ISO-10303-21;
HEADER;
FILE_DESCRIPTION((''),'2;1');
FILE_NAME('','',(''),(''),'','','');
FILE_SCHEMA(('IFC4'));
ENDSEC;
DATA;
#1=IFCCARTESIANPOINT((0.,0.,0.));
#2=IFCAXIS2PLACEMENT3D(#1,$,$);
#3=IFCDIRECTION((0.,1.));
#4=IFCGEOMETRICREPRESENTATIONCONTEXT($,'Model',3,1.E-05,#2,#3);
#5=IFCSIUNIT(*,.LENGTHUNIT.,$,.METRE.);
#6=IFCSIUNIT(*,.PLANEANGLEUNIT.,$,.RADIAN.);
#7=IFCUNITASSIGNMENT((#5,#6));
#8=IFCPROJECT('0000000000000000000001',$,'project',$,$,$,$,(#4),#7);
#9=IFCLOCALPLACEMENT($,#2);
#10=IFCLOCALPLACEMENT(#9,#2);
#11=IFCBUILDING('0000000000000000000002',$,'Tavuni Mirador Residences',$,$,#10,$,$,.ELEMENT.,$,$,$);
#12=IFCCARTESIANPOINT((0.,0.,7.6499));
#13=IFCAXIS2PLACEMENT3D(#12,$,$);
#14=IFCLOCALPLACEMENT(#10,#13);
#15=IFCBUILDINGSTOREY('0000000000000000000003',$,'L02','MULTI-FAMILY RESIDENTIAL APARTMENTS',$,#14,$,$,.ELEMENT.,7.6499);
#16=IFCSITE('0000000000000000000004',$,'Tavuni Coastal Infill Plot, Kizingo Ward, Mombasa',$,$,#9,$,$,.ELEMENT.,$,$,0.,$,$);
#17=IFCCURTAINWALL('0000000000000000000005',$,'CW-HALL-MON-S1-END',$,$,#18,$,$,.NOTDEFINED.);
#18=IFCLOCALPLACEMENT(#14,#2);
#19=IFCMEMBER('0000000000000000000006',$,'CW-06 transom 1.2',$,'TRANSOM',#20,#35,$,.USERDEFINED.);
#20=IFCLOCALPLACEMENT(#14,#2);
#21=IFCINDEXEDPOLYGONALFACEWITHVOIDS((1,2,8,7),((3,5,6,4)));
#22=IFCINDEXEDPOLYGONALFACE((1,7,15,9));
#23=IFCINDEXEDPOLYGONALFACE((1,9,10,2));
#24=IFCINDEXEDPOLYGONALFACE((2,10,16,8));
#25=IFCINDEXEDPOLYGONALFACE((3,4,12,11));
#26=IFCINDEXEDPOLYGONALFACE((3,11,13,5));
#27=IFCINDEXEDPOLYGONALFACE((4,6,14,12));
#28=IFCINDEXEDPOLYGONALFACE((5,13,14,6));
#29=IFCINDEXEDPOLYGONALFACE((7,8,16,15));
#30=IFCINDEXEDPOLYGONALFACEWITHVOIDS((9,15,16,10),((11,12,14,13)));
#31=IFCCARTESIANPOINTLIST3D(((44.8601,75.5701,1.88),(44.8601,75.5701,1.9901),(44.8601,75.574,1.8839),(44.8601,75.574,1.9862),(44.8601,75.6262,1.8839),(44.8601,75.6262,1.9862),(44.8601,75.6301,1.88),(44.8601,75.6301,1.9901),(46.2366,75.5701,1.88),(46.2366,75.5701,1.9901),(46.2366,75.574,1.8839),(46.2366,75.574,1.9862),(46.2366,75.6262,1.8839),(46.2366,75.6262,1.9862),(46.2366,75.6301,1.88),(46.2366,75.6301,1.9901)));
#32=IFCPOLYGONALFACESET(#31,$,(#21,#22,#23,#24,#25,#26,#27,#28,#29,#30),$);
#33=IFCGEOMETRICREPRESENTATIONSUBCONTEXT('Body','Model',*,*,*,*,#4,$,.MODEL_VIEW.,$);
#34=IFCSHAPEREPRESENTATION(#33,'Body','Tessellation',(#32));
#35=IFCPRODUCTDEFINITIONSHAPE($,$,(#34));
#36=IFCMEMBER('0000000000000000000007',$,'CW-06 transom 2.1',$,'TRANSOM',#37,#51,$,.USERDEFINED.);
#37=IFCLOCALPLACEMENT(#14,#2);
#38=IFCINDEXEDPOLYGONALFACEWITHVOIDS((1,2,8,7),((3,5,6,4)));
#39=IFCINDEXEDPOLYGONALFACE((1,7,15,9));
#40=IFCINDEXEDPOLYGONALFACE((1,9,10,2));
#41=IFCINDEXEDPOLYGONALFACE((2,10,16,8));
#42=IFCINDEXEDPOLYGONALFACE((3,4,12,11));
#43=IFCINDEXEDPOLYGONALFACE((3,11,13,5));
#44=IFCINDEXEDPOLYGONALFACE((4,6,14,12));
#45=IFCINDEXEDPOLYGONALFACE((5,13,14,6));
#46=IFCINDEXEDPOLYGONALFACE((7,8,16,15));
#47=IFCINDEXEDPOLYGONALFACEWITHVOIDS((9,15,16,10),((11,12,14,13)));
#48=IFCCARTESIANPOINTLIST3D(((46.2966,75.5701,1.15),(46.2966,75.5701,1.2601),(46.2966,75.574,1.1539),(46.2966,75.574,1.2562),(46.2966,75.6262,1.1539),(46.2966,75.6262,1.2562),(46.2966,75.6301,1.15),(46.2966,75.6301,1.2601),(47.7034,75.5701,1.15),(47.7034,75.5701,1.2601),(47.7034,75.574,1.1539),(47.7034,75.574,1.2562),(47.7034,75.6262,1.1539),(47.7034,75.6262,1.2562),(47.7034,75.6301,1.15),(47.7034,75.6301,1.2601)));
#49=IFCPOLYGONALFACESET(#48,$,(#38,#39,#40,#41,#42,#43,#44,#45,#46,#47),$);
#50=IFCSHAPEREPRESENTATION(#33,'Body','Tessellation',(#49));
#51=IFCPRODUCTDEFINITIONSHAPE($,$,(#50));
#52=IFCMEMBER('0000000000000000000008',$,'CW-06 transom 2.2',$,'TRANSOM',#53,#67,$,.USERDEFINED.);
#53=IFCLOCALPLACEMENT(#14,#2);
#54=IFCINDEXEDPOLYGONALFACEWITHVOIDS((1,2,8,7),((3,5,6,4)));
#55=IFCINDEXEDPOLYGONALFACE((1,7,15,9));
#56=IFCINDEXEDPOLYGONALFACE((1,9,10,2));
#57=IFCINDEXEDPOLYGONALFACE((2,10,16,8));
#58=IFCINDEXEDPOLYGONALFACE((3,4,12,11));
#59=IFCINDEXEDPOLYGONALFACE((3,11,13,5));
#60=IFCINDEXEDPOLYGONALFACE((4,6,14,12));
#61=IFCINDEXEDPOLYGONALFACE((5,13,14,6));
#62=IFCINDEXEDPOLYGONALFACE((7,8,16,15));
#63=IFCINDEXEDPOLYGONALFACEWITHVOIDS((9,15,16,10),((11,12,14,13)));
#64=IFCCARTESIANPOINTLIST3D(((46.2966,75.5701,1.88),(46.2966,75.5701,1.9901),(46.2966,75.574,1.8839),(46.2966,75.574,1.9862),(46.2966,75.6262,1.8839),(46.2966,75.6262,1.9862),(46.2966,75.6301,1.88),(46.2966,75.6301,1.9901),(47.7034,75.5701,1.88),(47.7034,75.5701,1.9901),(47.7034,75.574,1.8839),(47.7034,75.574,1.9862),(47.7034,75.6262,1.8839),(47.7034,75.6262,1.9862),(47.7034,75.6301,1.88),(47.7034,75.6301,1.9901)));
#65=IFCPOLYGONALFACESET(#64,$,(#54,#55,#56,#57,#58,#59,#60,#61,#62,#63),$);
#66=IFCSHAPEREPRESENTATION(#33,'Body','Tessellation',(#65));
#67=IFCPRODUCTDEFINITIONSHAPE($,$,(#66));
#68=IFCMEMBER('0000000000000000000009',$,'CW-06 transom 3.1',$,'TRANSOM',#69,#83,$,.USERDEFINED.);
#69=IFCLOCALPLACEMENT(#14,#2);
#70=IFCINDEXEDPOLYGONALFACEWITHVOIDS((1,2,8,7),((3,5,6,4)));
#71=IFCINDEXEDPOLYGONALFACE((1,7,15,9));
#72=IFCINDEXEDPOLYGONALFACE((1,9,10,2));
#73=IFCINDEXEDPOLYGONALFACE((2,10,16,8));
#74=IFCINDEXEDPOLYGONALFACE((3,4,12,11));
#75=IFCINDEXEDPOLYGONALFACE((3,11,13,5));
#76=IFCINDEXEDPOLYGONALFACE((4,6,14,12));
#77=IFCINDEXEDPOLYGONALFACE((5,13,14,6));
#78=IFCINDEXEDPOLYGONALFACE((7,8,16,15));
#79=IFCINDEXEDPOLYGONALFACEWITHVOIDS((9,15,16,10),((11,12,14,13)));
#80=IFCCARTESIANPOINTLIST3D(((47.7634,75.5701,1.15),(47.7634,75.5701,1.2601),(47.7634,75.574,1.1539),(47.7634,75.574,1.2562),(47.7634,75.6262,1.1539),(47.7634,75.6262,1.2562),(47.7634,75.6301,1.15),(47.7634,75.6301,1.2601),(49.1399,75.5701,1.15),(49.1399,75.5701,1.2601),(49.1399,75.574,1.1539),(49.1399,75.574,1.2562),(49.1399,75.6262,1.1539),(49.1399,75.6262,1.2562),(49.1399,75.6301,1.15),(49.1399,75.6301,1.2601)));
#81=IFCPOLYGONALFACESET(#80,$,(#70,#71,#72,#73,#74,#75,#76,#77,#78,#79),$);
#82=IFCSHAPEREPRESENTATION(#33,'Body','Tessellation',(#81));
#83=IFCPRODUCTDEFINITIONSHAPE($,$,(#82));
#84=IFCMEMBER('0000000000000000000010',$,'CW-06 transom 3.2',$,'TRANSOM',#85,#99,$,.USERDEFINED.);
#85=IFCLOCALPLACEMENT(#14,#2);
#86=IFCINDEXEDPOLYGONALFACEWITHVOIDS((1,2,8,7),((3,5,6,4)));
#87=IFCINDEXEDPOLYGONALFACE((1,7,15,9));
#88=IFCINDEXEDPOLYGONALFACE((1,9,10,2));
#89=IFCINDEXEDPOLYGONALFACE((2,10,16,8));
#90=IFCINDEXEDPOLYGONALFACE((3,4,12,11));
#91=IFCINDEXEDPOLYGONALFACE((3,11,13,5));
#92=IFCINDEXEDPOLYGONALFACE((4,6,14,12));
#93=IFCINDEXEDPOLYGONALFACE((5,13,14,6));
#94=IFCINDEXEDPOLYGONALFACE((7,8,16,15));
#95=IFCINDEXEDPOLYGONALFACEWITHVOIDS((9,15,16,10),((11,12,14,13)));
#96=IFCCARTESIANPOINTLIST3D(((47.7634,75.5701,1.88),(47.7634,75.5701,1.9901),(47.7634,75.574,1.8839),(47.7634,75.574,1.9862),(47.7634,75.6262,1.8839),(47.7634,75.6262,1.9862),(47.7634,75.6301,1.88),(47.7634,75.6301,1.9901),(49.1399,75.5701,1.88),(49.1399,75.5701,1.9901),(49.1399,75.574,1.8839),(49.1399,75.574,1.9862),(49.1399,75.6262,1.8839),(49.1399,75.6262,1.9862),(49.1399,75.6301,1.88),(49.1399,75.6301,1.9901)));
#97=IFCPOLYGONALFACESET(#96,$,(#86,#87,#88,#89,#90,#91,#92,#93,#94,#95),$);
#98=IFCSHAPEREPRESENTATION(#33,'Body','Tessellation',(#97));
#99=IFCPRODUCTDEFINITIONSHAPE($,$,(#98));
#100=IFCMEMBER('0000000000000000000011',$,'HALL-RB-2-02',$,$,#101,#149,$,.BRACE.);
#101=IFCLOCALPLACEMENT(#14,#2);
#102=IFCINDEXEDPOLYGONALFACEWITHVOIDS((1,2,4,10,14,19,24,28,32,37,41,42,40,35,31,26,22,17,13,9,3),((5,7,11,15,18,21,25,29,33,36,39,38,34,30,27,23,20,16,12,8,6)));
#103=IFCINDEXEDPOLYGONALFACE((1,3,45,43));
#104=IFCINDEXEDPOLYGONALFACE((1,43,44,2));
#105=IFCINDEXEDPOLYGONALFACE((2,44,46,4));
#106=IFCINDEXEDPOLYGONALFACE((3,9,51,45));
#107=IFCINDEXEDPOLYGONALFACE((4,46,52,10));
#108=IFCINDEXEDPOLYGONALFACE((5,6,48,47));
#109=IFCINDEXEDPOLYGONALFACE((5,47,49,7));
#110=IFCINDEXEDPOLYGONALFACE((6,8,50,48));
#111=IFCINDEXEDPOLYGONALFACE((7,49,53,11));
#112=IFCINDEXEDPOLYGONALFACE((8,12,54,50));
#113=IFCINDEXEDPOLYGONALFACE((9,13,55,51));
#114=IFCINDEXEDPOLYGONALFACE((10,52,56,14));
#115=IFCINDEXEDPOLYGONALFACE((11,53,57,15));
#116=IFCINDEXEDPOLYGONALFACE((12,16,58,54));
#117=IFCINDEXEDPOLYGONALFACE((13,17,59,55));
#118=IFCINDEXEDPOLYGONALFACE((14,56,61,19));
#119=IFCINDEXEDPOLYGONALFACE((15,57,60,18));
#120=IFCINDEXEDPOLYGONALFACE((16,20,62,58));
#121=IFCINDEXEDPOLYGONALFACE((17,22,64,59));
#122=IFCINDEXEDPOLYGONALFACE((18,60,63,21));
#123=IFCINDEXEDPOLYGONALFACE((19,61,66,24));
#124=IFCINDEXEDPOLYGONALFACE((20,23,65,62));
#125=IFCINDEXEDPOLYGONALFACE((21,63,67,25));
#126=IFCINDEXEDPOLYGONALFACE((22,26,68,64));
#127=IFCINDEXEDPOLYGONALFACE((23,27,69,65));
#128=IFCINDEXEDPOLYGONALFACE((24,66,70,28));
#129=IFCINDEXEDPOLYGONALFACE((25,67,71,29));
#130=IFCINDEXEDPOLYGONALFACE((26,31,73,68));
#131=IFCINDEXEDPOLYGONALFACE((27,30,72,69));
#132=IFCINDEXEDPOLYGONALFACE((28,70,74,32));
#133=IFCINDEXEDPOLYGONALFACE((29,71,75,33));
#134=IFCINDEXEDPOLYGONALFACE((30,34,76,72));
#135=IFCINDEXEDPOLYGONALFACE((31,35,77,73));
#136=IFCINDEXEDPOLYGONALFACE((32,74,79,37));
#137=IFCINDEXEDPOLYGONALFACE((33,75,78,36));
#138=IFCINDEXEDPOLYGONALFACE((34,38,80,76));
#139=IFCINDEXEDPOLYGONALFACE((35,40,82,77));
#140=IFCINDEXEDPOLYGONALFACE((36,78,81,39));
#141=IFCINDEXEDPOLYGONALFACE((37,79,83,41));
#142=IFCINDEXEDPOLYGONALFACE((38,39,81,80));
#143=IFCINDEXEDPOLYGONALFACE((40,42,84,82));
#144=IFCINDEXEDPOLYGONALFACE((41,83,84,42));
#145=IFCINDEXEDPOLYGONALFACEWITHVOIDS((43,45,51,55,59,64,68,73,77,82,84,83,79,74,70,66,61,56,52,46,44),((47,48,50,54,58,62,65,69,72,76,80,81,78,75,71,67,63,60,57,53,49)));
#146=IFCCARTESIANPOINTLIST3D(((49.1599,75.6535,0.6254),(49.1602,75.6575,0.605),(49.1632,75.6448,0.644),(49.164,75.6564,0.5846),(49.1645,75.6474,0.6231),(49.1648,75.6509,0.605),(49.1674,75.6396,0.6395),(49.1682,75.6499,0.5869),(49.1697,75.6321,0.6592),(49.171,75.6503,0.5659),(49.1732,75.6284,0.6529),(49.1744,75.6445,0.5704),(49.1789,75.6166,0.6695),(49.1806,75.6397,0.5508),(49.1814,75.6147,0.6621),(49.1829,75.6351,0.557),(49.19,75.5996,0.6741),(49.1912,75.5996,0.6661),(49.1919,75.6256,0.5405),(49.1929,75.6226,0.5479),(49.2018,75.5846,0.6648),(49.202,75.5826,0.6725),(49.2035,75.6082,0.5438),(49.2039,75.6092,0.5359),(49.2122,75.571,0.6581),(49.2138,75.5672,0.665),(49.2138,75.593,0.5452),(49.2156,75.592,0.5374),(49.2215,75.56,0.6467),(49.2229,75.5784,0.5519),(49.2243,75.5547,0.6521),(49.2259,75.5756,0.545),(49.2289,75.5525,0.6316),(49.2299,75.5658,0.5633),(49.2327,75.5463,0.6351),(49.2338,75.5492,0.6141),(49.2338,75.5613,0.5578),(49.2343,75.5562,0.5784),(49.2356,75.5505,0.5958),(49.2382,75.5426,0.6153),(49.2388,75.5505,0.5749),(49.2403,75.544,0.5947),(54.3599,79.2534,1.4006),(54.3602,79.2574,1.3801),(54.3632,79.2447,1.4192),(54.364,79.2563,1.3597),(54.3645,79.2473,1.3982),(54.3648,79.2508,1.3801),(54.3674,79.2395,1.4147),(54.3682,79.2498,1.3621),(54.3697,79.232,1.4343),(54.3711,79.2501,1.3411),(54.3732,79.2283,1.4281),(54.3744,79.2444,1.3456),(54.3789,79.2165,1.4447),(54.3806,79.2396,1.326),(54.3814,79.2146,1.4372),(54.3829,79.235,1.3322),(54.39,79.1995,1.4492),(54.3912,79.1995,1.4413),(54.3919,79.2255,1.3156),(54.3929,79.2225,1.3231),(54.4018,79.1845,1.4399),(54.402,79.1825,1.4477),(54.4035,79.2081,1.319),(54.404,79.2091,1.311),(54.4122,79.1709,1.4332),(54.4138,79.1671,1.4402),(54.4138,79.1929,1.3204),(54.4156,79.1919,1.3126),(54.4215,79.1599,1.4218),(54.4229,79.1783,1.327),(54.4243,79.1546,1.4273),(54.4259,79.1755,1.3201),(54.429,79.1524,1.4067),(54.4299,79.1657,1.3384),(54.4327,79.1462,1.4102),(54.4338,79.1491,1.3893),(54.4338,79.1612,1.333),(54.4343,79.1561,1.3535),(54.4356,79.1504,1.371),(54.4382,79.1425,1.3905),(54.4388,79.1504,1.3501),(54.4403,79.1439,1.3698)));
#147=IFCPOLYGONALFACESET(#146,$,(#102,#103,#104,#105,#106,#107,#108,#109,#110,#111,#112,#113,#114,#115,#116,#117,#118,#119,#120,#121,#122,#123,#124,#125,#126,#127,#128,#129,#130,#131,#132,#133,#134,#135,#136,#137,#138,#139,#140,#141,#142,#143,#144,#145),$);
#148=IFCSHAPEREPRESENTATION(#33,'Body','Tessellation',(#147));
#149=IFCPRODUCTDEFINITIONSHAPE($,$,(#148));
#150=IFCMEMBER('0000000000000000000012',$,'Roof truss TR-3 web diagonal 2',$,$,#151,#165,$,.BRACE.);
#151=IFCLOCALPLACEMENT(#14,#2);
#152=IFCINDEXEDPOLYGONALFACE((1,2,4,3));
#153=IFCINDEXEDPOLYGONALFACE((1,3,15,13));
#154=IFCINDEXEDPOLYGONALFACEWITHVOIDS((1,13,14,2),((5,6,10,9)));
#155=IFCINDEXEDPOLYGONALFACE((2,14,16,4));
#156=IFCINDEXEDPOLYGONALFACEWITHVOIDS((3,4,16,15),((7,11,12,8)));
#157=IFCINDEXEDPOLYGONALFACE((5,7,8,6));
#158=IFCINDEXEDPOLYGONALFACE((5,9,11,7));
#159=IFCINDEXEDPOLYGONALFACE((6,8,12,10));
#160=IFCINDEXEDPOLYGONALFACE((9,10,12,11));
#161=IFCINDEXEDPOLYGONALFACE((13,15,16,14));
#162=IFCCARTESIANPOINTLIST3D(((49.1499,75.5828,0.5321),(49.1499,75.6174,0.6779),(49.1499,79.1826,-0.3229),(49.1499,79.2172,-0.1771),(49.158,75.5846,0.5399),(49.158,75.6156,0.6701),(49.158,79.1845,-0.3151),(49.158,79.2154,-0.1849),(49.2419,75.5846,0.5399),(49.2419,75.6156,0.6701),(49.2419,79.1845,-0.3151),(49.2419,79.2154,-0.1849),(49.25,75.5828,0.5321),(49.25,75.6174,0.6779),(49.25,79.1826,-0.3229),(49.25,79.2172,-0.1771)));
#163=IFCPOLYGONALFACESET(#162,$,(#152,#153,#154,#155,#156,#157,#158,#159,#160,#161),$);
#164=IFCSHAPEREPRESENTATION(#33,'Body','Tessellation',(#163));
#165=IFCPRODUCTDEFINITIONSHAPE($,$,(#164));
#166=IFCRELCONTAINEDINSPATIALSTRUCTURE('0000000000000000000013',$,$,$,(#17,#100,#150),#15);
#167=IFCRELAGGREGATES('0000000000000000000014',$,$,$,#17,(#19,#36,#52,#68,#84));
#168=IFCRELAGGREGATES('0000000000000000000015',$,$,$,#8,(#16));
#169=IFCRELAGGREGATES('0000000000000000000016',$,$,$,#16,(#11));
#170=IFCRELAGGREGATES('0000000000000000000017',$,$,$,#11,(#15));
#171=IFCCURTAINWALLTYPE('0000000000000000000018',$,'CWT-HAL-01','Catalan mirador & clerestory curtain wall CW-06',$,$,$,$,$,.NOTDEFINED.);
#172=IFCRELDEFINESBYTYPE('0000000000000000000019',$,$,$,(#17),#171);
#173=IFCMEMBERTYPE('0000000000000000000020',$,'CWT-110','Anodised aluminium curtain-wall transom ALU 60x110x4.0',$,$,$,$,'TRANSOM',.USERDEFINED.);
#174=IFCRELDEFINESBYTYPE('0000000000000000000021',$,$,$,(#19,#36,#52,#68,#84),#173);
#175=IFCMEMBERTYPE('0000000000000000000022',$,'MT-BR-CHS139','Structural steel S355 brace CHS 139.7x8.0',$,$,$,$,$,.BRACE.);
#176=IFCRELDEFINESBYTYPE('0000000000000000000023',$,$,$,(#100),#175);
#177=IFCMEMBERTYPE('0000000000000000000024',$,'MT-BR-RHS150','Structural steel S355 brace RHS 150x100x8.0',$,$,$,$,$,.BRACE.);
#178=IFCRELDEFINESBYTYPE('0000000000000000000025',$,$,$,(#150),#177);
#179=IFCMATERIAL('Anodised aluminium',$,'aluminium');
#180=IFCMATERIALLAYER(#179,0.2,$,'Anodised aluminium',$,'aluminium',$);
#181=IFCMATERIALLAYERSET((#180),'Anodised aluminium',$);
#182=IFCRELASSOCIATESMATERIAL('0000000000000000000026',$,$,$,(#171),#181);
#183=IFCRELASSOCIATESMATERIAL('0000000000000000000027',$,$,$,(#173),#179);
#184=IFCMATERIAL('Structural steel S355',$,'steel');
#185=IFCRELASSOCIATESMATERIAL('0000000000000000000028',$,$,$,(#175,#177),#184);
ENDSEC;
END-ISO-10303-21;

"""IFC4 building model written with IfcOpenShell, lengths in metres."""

from ifc_helpers import new_model, si_unit, direction, frame, origin, origin_2d, place, context, subcontext, project, spatial, hollow_rectangle, hollow_circle, extrude, material, layer, layer_set, material_profile, profile_set, type_object, element, aggregate, save


model = new_model("IFC4")

# Units and contexts
model_context = context("Model", 3, precision=1e-05, world=origin(), true_north=direction((0.0, 1.0)))
body_context = subcontext(model_context, "Body", "Model", "MODEL_VIEW")
ifc_project = project(units=[si_unit("LENGTHUNIT", "METRE"), si_unit("PLANEANGLEUNIT", "RADIAN")], contexts=[model_context])

# Site, building, storey
site_placement = place(None, origin())
site = spatial("IfcSite", under=ifc_project, at=site_placement, Name="Tavuni Coastal Infill Plot, Kizingo Ward, Mombasa", CompositionType="ELEMENT", RefElevation=0.0)
building_placement = place(site_placement, origin())
building = spatial("IfcBuilding", under=site, at=building_placement, Name="Tavuni Mirador Residences", CompositionType="ELEMENT")
storey_placement = place(building_placement, frame((0.0, 0.0, 7.6499)))
storey = spatial("IfcBuildingStorey", under=building, at=storey_placement, Name="L02", Description="MULTI-FAMILY RESIDENTIAL APARTMENTS", CompositionType="ELEMENT", Elevation=7.6499)

# Shared definitions
ifc_material_1 = material(Name="Anodised aluminium", Category="aluminium")
ifc_layer_1 = layer(ifc_material_1, 0.2, Name="Anodised aluminium", Category="aluminium")
ifc_layer_set_1 = layer_set([ifc_layer_1], Name="Anodised aluminium")
curtain_wall_type = type_object("IfcCurtainWallType", Name="CWT-HAL-01", Description="Catalan mirador & clerestory curtain wall CW-06", PredefinedType="NOTDEFINED", material=ifc_layer_set_1)

# Curtain wall
curtain_wall_1_placement = place(storey_placement, origin())
curtain_wall_1 = element("IfcCurtainWall", 1, at=curtain_wall_1_placement, inside=storey, type_object=curtain_wall_type, Name="CW-HALL-MON-S1-END", PredefinedType="NOTDEFINED")

# Members
ifc_material_profile_1 = material_profile(ifc_material_1, hollow_rectangle(XDim=0.0601, YDim=0.1101, WallThickness=0.0039, at=origin_2d()), Name="ALU 60x110x4.0", Category="aluminium")
ifc_profile_set_1 = profile_set([ifc_material_profile_1], Name="Anodised aluminium")
member_type_1 = type_object("IfcMemberType", Name="CWT-110", Description="Anodised aluminium curtain-wall transom ALU 60x110x4.0", ElementType="TRANSOM", PredefinedType="USERDEFINED", material=ifc_profile_set_1)
member_1_placement = place(storey_placement, frame((44.8601, 75.6001, 1.9351), z_axis=(1.0, 0.0, 0.0), x_axis=(0.0, 1.0, 0.0)))
member_1 = element("IfcMember", 2, at=member_1_placement, type_object=member_type_1, Name="CW-06 transom 1.2", ObjectType="TRANSOM", PredefinedType="USERDEFINED", context=body_context, shape_type="SweptSolid", body=[
    extrude(hollow_rectangle(XDim=0.0601, YDim=0.1101, WallThickness=0.0039, at=origin_2d()), origin(), (0.0, 0.0, 1.0), 1.3765),
])
member_2_placement = place(storey_placement, frame((46.2966, 75.6001, 1.2051), z_axis=(1.0, 0.0, 0.0), x_axis=(0.0, 1.0, 0.0)))
member_2 = element("IfcMember", 3, at=member_2_placement, type_object=member_type_1, Name="CW-06 transom 2.1", ObjectType="TRANSOM", PredefinedType="USERDEFINED", context=body_context, shape_type="SweptSolid", body=[
    extrude(hollow_rectangle(XDim=0.0601, YDim=0.1101, WallThickness=0.0039, at=origin_2d()), origin(), (0.0, 0.0, 1.0), 1.4067),
])
member_3_placement = place(storey_placement, frame((46.2966, 75.6001, 1.9351), z_axis=(1.0, 0.0, 0.0), x_axis=(0.0, 1.0, 0.0)))
member_3 = element("IfcMember", 4, at=member_3_placement, type_object=member_type_1, Name="CW-06 transom 2.2", ObjectType="TRANSOM", PredefinedType="USERDEFINED", context=body_context, shape_type="SweptSolid", body=[
    extrude(hollow_rectangle(XDim=0.0601, YDim=0.1101, WallThickness=0.0039, at=origin_2d()), origin(), (0.0, 0.0, 1.0), 1.4067),
])
member_4_placement = place(storey_placement, frame((47.7634, 75.6001, 1.2051), z_axis=(1.0, 0.0, 0.0), x_axis=(0.0, 1.0, 0.0)))
member_4 = element("IfcMember", 5, at=member_4_placement, type_object=member_type_1, Name="CW-06 transom 3.1", ObjectType="TRANSOM", PredefinedType="USERDEFINED", context=body_context, shape_type="SweptSolid", body=[
    extrude(hollow_rectangle(XDim=0.0601, YDim=0.1101, WallThickness=0.0039, at=origin_2d()), origin(), (0.0, 0.0, 1.0), 1.3765),
])
member_5_placement = place(storey_placement, frame((47.7634, 75.6001, 1.9351), z_axis=(1.0, 0.0, 0.0), x_axis=(0.0, 1.0, 0.0)))
member_5 = element("IfcMember", 6, at=member_5_placement, type_object=member_type_1, Name="CW-06 transom 3.2", ObjectType="TRANSOM", PredefinedType="USERDEFINED", context=body_context, shape_type="SweptSolid", body=[
    extrude(hollow_rectangle(XDim=0.0601, YDim=0.1101, WallThickness=0.0039, at=origin_2d()), origin(), (0.0, 0.0, 1.0), 1.3765),
])

# Members
ifc_material_2 = material(Name="Structural steel S355", Category="steel")
ifc_material_profile_2 = material_profile(ifc_material_2, hollow_circle(Radius=0.0698, WallThickness=0.0081, at=origin_2d()), Name="CHS 139.7x8.0", Category="steel")
ifc_profile_set_2 = profile_set([ifc_material_profile_2], Name="Structural steel S355")
member_type_2 = type_object("IfcMemberType", Name="MT-BR-CHS139", Description="Structural steel S355 brace CHS 139.7x8.0", PredefinedType="BRACE", material=ifc_profile_set_2)
member_6_placement = place(storey_placement, frame((49.2, 75.6001, 0.605), z_axis=(0.816094, 0.56497, 0.121653), x_axis=(-0.569198, 0.822201, 0.0)))
element("IfcMember", 7, at=member_6_placement, inside=storey, type_object=member_type_2, Name="HALL-RB-2-02", PredefinedType="BRACE", context=body_context, shape_type="SweptSolid", body=[
    extrude(hollow_circle(Radius=0.0698, WallThickness=0.0081, at=origin_2d()), origin(), (0.0, 0.0, 1.0), 6.3718),
])
ifc_material_profile_3 = material_profile(ifc_material_2, hollow_rectangle(XDim=0.1001, YDim=0.1499, WallThickness=0.0081, at=origin_2d()), Name="RHS 150x100x8.0", Category="steel")
ifc_profile_set_3 = profile_set([ifc_material_profile_3], Name="Structural steel S355")
member_type_3 = type_object("IfcMemberType", Name="MT-BR-RHS150", Description="Structural steel S355 brace RHS 150x100x8.0", PredefinedType="BRACE", material=ifc_profile_set_3)
member_7_placement = place(storey_placement, frame((49.2, 75.6001, 0.605), z_axis=(0.0, 0.972936, -0.231076), x_axis=(-1.0, 0.0, 0.0)))
element("IfcMember", 8, at=member_7_placement, inside=storey, type_object=member_type_3, Name="Roof truss TR-3 web diagonal 2", PredefinedType="BRACE", context=body_context, shape_type="SweptSolid", body=[
    extrude(hollow_rectangle(XDim=0.1001, YDim=0.1499, WallThickness=0.0081, at=origin_2d()), origin(), (0.0, 0.0, 1.0), 3.7),
])

aggregate(curtain_wall_1, [member_1, member_2, member_3, member_4, member_5])

save(model, "model.ifc")
